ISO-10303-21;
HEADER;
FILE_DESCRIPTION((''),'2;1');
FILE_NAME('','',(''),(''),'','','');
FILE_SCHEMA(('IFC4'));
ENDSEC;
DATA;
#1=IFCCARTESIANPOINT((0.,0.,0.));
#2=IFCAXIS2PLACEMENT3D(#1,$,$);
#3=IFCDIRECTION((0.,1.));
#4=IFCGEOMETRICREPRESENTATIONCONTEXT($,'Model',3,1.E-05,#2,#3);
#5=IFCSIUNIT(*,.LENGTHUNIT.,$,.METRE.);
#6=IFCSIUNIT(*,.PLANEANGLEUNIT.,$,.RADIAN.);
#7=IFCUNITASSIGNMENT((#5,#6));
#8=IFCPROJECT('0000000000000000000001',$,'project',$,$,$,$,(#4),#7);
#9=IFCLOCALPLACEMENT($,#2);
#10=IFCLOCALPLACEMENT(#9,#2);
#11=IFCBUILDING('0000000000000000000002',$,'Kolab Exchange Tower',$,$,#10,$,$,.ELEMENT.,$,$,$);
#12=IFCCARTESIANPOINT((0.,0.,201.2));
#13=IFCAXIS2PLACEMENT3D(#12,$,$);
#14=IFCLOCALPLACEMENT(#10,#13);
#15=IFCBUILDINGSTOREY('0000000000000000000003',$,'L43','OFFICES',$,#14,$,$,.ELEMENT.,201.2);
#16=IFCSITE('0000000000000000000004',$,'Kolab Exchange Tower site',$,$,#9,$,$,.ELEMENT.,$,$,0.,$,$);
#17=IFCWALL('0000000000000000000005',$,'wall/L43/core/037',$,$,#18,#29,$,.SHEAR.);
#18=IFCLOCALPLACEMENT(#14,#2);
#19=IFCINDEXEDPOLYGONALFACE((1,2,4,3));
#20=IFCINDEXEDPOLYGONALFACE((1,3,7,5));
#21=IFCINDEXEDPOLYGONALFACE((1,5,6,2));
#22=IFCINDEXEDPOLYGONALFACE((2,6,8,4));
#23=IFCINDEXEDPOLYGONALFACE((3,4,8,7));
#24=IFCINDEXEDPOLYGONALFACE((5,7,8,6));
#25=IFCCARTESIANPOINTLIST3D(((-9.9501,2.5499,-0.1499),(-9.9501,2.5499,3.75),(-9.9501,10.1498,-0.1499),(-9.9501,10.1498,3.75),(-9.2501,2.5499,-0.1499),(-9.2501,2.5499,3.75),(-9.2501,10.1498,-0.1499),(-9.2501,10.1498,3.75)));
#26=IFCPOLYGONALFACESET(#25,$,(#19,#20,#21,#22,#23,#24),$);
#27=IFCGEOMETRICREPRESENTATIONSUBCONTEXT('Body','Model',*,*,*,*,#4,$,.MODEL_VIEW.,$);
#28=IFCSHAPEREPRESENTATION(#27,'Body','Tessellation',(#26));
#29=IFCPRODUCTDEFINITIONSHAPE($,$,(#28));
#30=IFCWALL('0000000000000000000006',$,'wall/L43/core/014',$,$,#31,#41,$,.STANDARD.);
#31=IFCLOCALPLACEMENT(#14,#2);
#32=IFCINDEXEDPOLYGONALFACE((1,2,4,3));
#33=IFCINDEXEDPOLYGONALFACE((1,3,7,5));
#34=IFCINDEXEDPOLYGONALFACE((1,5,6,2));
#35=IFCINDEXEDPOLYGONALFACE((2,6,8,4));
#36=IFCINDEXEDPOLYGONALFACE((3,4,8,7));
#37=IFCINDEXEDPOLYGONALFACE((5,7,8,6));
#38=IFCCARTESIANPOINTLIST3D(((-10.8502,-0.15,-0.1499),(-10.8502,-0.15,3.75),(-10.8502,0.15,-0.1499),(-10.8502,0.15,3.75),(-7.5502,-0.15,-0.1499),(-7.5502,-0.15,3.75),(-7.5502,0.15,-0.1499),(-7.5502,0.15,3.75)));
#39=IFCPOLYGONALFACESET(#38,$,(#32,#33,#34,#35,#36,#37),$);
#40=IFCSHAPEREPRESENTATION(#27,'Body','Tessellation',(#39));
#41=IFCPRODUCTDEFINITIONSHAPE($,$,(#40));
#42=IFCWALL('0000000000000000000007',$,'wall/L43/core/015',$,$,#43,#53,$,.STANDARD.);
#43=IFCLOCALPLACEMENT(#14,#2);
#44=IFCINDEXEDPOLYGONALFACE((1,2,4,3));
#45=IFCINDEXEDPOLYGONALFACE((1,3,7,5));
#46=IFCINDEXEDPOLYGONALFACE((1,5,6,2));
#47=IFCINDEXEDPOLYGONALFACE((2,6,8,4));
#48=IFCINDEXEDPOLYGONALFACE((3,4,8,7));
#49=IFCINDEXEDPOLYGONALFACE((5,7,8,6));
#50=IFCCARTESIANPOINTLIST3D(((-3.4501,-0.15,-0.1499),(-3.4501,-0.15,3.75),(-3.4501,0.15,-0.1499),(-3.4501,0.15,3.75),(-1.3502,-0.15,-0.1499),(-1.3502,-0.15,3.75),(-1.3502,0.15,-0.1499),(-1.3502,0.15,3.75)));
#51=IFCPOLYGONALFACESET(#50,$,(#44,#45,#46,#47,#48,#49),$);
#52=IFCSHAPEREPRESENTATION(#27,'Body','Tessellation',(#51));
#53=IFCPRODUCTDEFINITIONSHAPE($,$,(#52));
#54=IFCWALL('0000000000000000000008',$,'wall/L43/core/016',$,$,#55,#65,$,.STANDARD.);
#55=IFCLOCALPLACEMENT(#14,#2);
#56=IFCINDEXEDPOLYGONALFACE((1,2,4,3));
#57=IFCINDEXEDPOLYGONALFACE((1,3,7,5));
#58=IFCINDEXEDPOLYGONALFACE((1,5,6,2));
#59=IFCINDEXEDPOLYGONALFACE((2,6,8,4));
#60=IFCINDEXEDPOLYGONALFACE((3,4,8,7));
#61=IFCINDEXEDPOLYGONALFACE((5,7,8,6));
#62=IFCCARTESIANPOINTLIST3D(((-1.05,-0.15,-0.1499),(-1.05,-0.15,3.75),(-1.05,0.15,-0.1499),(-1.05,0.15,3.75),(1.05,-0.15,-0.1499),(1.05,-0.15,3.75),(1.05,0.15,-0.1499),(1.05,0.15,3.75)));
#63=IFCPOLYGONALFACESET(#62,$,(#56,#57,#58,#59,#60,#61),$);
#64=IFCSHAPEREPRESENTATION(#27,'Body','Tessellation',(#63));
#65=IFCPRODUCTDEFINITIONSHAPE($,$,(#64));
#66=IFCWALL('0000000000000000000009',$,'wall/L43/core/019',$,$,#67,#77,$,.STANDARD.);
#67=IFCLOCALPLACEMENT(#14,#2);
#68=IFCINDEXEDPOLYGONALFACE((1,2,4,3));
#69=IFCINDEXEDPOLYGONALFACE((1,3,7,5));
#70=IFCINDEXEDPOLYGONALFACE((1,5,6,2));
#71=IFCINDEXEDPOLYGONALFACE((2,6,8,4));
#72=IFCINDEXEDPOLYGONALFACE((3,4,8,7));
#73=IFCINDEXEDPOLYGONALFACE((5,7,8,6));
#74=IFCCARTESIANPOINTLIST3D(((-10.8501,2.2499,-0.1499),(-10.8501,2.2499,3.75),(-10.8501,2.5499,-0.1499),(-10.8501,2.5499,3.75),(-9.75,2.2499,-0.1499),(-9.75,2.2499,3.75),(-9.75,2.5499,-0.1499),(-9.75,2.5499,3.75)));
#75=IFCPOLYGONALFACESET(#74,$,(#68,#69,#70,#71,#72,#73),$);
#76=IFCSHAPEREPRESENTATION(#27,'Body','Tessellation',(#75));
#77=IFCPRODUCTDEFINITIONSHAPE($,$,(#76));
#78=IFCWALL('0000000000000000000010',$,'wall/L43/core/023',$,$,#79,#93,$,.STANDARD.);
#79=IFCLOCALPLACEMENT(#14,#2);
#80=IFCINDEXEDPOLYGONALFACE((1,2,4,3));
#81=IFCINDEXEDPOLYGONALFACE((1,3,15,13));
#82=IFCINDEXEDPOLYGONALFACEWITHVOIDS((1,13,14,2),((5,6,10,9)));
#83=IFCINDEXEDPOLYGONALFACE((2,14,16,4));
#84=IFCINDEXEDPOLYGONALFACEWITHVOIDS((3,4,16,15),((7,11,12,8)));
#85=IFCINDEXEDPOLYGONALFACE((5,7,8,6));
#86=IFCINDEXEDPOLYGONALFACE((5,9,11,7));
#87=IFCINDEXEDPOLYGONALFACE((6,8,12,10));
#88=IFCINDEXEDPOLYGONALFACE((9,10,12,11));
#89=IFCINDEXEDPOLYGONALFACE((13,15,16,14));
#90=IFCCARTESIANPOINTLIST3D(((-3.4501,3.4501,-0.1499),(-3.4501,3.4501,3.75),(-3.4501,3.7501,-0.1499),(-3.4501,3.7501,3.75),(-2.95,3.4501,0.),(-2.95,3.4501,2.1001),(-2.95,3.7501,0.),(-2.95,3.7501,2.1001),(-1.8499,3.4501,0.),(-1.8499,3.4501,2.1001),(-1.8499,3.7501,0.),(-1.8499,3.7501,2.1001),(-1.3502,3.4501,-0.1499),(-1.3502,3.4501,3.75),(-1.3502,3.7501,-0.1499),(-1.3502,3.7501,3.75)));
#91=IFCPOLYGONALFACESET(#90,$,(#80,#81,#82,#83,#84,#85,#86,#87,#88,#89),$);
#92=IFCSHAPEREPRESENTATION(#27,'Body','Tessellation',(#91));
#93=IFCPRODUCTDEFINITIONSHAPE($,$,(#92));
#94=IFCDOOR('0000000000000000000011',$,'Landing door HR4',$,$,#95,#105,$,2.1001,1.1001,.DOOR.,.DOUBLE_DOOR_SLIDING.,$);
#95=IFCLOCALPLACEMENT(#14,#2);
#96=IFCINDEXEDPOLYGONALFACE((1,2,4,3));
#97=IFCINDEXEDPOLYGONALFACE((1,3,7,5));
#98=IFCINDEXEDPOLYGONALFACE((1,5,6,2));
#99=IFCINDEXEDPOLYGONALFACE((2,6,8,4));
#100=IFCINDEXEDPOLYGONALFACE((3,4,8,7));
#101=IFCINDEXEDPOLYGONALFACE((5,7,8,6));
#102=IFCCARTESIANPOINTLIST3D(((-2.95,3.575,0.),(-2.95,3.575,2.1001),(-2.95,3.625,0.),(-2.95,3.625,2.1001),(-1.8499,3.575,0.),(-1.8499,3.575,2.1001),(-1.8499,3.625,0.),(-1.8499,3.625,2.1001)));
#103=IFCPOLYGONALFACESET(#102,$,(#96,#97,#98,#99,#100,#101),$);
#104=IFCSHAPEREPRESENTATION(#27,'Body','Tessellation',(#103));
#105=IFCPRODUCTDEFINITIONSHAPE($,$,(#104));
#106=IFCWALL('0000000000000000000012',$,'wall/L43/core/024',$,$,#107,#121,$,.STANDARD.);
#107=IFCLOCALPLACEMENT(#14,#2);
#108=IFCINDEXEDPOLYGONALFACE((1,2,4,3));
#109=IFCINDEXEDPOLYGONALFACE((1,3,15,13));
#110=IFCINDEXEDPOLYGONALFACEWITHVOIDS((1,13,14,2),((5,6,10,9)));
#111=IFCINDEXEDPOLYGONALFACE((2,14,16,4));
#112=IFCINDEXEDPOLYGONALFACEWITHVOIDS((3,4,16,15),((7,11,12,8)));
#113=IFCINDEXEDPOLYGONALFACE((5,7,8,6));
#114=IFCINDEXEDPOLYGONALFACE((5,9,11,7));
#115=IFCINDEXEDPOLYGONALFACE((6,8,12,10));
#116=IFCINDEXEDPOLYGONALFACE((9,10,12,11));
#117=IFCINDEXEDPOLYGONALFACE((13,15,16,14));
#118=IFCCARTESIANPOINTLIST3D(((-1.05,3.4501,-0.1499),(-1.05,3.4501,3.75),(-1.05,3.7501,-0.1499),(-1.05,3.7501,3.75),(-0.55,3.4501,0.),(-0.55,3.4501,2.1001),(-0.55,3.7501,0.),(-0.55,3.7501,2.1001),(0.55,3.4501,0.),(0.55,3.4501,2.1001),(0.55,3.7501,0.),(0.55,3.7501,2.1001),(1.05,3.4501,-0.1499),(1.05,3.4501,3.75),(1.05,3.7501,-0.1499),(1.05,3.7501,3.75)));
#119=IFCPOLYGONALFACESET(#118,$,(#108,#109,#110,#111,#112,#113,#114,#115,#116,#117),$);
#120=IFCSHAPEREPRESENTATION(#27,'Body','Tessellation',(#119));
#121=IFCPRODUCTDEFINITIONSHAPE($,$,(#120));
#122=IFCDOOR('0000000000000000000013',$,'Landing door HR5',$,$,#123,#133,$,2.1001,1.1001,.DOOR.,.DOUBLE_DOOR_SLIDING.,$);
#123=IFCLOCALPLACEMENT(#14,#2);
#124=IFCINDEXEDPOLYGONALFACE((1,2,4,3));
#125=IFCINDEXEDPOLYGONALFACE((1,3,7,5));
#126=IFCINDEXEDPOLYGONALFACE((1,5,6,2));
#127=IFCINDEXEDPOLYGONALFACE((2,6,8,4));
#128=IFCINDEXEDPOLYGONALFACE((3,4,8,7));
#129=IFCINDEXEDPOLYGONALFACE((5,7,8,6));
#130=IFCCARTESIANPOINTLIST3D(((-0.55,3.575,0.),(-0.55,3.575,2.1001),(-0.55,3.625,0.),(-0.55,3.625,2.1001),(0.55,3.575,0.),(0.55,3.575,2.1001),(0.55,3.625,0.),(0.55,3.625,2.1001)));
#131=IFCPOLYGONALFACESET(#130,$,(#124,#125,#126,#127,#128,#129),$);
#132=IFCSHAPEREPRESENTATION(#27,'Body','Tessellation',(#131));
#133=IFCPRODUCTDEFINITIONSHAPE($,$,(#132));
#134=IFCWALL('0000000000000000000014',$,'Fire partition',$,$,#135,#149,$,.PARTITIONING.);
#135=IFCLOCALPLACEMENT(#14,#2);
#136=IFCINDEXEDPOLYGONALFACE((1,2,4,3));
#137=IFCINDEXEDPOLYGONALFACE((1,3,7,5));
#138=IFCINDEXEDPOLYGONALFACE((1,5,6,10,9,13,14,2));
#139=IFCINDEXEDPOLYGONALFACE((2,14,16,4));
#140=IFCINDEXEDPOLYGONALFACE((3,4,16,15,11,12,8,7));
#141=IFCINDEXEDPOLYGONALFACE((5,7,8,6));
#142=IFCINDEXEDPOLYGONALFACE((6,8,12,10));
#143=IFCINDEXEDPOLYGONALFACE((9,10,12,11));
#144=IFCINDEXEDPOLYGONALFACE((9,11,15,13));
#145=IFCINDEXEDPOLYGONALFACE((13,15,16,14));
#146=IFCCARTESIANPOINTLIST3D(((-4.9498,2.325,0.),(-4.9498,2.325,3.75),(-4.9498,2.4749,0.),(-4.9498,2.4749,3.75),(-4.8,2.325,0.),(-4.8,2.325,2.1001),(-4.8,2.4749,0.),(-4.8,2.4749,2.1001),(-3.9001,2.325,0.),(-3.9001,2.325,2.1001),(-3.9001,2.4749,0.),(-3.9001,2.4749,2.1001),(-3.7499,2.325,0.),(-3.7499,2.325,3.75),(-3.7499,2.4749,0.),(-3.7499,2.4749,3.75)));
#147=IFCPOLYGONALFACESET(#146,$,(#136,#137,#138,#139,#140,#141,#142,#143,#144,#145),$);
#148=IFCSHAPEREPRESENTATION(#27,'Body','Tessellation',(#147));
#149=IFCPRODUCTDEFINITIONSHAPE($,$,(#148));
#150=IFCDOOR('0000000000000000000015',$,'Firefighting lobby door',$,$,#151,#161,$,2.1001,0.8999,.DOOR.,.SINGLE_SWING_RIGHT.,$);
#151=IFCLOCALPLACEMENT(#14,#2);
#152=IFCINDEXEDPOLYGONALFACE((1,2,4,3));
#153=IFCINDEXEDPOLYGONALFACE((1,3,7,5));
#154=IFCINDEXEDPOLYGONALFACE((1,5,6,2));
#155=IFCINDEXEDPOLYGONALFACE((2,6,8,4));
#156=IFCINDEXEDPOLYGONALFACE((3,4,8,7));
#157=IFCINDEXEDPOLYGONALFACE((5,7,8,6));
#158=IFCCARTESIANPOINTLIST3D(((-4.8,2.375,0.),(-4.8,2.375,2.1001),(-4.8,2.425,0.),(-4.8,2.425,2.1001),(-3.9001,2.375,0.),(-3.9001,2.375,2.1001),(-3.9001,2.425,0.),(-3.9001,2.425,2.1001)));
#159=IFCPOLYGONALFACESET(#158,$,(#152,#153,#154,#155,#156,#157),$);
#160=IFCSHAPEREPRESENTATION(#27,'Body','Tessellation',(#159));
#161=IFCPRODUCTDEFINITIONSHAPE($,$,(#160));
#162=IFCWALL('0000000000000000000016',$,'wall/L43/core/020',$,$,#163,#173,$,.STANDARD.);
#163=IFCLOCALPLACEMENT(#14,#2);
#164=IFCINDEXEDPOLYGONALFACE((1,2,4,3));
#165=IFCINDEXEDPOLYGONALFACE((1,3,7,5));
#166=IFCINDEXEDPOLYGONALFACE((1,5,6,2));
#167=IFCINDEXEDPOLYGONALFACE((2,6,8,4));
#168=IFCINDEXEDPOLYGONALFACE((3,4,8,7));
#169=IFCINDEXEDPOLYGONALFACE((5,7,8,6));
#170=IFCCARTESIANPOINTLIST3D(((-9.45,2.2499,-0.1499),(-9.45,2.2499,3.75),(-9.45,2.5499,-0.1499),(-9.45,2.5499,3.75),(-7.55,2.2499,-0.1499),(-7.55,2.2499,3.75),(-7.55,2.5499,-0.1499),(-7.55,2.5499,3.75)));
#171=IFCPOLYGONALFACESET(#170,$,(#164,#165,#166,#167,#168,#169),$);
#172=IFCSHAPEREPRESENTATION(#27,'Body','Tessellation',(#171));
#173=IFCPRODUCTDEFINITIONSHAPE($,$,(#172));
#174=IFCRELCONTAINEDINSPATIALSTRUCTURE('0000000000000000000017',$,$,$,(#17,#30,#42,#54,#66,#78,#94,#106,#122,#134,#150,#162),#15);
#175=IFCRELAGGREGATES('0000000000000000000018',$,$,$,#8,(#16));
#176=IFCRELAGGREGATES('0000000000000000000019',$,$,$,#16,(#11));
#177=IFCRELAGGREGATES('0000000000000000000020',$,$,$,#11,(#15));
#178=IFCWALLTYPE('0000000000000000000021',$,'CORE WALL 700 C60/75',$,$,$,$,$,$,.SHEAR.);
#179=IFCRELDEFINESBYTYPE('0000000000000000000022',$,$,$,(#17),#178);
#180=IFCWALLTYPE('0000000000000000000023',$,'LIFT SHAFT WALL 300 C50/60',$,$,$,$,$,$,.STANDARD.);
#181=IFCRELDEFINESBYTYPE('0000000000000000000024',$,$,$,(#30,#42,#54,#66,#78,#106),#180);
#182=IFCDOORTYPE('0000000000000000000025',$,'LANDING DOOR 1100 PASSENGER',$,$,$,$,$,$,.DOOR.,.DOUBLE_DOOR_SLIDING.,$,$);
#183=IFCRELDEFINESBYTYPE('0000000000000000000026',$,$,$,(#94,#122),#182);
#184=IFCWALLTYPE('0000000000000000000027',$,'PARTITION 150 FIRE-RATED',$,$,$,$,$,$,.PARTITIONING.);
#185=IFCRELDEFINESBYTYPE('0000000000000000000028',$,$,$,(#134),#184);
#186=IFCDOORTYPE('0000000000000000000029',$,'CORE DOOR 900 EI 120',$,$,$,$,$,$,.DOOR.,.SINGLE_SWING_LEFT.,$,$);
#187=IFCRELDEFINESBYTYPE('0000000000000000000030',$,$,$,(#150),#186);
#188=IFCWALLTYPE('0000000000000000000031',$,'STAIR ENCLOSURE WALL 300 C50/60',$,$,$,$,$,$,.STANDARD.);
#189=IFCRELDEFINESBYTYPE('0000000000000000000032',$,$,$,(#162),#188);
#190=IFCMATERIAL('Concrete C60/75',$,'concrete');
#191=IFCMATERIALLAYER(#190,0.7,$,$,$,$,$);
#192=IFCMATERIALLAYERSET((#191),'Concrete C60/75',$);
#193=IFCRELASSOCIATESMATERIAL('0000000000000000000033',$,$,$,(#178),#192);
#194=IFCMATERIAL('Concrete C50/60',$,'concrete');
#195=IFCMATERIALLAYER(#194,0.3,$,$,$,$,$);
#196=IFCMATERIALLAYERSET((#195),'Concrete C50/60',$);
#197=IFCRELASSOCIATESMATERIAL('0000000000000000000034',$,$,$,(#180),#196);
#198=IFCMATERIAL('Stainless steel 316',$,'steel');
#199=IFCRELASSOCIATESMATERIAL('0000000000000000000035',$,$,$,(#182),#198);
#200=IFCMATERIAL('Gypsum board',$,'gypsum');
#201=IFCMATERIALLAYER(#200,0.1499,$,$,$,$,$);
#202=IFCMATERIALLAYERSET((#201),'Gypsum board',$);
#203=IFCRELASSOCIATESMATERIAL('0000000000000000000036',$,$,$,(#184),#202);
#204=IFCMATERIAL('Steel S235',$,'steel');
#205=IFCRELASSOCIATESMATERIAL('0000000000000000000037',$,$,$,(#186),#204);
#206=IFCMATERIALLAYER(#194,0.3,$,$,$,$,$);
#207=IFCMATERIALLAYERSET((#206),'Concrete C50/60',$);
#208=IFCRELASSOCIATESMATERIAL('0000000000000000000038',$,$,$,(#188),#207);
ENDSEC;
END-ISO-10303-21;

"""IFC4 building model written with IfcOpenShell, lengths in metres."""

from ifc_helpers import new_model, si_unit, direction, frame, frame_2d, origin, place, context, subcontext, project, spatial, rectangle, extrude, material, layer, layer_set, type_object, element, fill, save


model = new_model("IFC4")

# Units and contexts
model_context = context("Model", 3, precision=1e-05, world=origin(), true_north=direction((0.0, 1.0)))
body_context = subcontext(model_context, "Body", "Model", "MODEL_VIEW")
ifc_project = project(units=[si_unit("LENGTHUNIT", "METRE"), si_unit("PLANEANGLEUNIT", "RADIAN")], contexts=[model_context])

# Site, building, storey
site_placement = place(None, origin())
site = spatial("IfcSite", under=ifc_project, at=site_placement, Name="Kolab Exchange Tower site", CompositionType="ELEMENT", RefElevation=0.0)
building_placement = place(site_placement, origin())
building = spatial("IfcBuilding", under=site, at=building_placement, Name="Kolab Exchange Tower", CompositionType="ELEMENT")
storey_placement = place(building_placement, frame((0.0, 0.0, 201.2)))
storey = spatial("IfcBuildingStorey", under=building, at=storey_placement, Name="L43", Description="OFFICES", CompositionType="ELEMENT", Elevation=201.2)

# Walls
ifc_material_1 = material(Name="Concrete C60/75", Category="concrete")
ifc_layer_1 = layer(ifc_material_1, 0.7)
ifc_layer_set_1 = layer_set([ifc_layer_1], Name="Concrete C60/75")
wall_type_1 = type_object("IfcWallType", Name="CORE WALL 700 C60/75", PredefinedType="SHEAR", material=ifc_layer_set_1)
wall_1_placement = place(storey_placement, frame((-9.6001, 2.55, -0.1499), z_axis=(0.0, 0.0, 1.0), x_axis=(0.0, 1.0, 0.0)))
element("IfcWall", 1, at=wall_1_placement, inside=storey, type_object=wall_type_1, Name="wall/L43/core/037", PredefinedType="SHEAR", context=body_context, shape_type="SweptSolid", body=[
    extrude(rectangle(XDim=7.5999, YDim=0.7, at=frame_2d((3.7998, 0.0))), origin(), (0.0, 0.0, 1.0), 3.8999),
])
ifc_material_2 = material(Name="Concrete C50/60", Category="concrete")
ifc_layer_2 = layer(ifc_material_2, 0.3)
ifc_layer_set_2 = layer_set([ifc_layer_2], Name="Concrete C50/60")
wall_type_2 = type_object("IfcWallType", Name="LIFT SHAFT WALL 300 C50/60", PredefinedType="STANDARD", material=ifc_layer_set_2)
wall_2_placement = place(storey_placement, frame((-10.8501, 0.0, -0.1499), z_axis=(0.0, 0.0, 1.0), x_axis=(1.0, 0.0, 0.0)))
element("IfcWall", 2, at=wall_2_placement, inside=storey, type_object=wall_type_2, Name="wall/L43/core/014", PredefinedType="STANDARD", context=body_context, shape_type="SweptSolid", body=[
    extrude(rectangle(XDim=3.3, YDim=0.3, at=frame_2d((1.6499, 0.0))), origin(), (0.0, 0.0, 1.0), 3.8999),
])
wall_3_placement = place(storey_placement, frame((-3.45, 0.0, -0.1499), z_axis=(0.0, 0.0, 1.0), x_axis=(1.0, 0.0, 0.0)))
element("IfcWall", 3, at=wall_3_placement, inside=storey, type_object=wall_type_2, Name="wall/L43/core/015", PredefinedType="STANDARD", context=body_context, shape_type="SweptSolid", body=[
    extrude(rectangle(XDim=2.0999, YDim=0.3, at=frame_2d((1.0498, 0.0))), origin(), (0.0, 0.0, 1.0), 3.8999),
])
wall_4_placement = place(storey_placement, frame((-1.05, 0.0, -0.1499), z_axis=(0.0, 0.0, 1.0), x_axis=(1.0, 0.0, 0.0)))
element("IfcWall", 4, at=wall_4_placement, inside=storey, type_object=wall_type_2, Name="wall/L43/core/016", PredefinedType="STANDARD", context=body_context, shape_type="SweptSolid", body=[
    extrude(rectangle(XDim=2.1001, YDim=0.3, at=frame_2d((1.05, 0.0))), origin(), (0.0, 0.0, 1.0), 3.8999),
])
wall_5_placement = place(storey_placement, frame((-10.8501, 2.3999, -0.1499), z_axis=(0.0, 0.0, 1.0), x_axis=(1.0, 0.0, 0.0)))
element("IfcWall", 5, at=wall_5_placement, inside=storey, type_object=wall_type_2, Name="wall/L43/core/019", PredefinedType="STANDARD", context=body_context, shape_type="SweptSolid", body=[
    extrude(rectangle(XDim=1.1001, YDim=0.3, at=frame_2d((0.55, 0.0))), origin(), (0.0, 0.0, 1.0), 3.8999),
])

# Walls, openings, doors
wall_6_placement = place(storey_placement, frame((-3.45, 3.6001, -0.1499), z_axis=(0.0, 0.0, 1.0), x_axis=(1.0, 0.0, 0.0)))
wall_6 = element("IfcWall", 6, at=wall_6_placement, inside=storey, type_object=wall_type_2, Name="wall/L43/core/023", PredefinedType="STANDARD", context=body_context, shape_type="SweptSolid", body=[
    extrude(rectangle(XDim=2.0999, YDim=0.3, at=frame_2d((1.0498, 0.0))), origin(), (0.0, 0.0, 1.0), 3.8999),
])
opening_1_placement = place(wall_6_placement, frame((0.5, 0.0, 0.1499)))
opening_1 = element("IfcOpeningElement", 7, at=opening_1_placement, cuts=wall_6, PredefinedType="OPENING", context=body_context, shape_type="SweptSolid", body=[
    extrude(rectangle(XDim=1.1001, YDim=2.1001, at=frame_2d((0.55, 1.05))), frame((0.0, 0.1602, 0.0), z_axis=(0.0, -1.0, 0.0), x_axis=(1.0, 0.0, 0.0)), (0.0, 0.0, 1.0), 0.3201),
])
ifc_material_3 = material(Name="Stainless steel 316", Category="steel")
door_type_1 = type_object("IfcDoorType", Name="LANDING DOOR 1100 PASSENGER", OperationType="DOUBLE_DOOR_SLIDING", PredefinedType="DOOR", material=ifc_material_3)
door_1_placement = place(opening_1_placement, origin())
door_1 = element("IfcDoor", 8, at=door_1_placement, inside=storey, type_object=door_type_1, Name="Landing door HR4", OperationType="DOUBLE_DOOR_SLIDING", OverallHeight=2.1001, OverallWidth=1.1001, PredefinedType="DOOR", context=body_context, shape_type="SweptSolid", body=[
    extrude(rectangle(XDim=1.1001, YDim=2.1001, at=frame_2d((0.55, 1.05))), frame((0.0, 0.0249, 0.0), z_axis=(0.0, -1.0, 0.0), x_axis=(1.0, 0.0, 0.0)), (0.0, 0.0, 1.0), 0.05),
])
fill(opening_1, door_1)
wall_7_placement = place(storey_placement, frame((-1.05, 3.6001, -0.1499), z_axis=(0.0, 0.0, 1.0), x_axis=(1.0, 0.0, 0.0)))
wall_7 = element("IfcWall", 9, at=wall_7_placement, inside=storey, type_object=wall_type_2, Name="wall/L43/core/024", PredefinedType="STANDARD", context=body_context, shape_type="SweptSolid", body=[
    extrude(rectangle(XDim=2.1001, YDim=0.3, at=frame_2d((1.05, 0.0))), origin(), (0.0, 0.0, 1.0), 3.8999),
])
opening_2_placement = place(wall_7_placement, frame((0.5, 0.0, 0.1499)))
opening_2 = element("IfcOpeningElement", 10, at=opening_2_placement, cuts=wall_7, PredefinedType="OPENING", context=body_context, shape_type="SweptSolid", body=[
    extrude(rectangle(XDim=1.1001, YDim=2.1001, at=frame_2d((0.55, 1.05))), frame((0.0, 0.1602, 0.0), z_axis=(0.0, -1.0, 0.0), x_axis=(1.0, 0.0, 0.0)), (0.0, 0.0, 1.0), 0.3201),
])
door_2_placement = place(opening_2_placement, origin())
door_2 = element("IfcDoor", 11, at=door_2_placement, inside=storey, type_object=door_type_1, Name="Landing door HR5", OperationType="DOUBLE_DOOR_SLIDING", OverallHeight=2.1001, OverallWidth=1.1001, PredefinedType="DOOR", context=body_context, shape_type="SweptSolid", body=[
    extrude(rectangle(XDim=1.1001, YDim=2.1001, at=frame_2d((0.55, 1.05))), frame((0.0, 0.0249, 0.0), z_axis=(0.0, -1.0, 0.0), x_axis=(1.0, 0.0, 0.0)), (0.0, 0.0, 1.0), 0.05),
])
fill(opening_2, door_2)
ifc_material_4 = material(Name="Gypsum board", Category="gypsum")
ifc_layer_3 = layer(ifc_material_4, 0.1499)
ifc_layer_set_3 = layer_set([ifc_layer_3], Name="Gypsum board")
wall_type_3 = type_object("IfcWallType", Name="PARTITION 150 FIRE-RATED", PredefinedType="PARTITIONING", material=ifc_layer_set_3)
wall_8_placement = place(storey_placement, frame((-4.95, 2.3999, 0.0), z_axis=(0.0, 0.0, 1.0), x_axis=(1.0, 0.0, 0.0)))
wall_8 = element("IfcWall", 12, at=wall_8_placement, inside=storey, type_object=wall_type_3, Name="Fire partition", PredefinedType="PARTITIONING", context=body_context, shape_type="SweptSolid", body=[
    extrude(rectangle(XDim=1.2, YDim=0.1499, at=frame_2d((0.6001, 0.0))), origin(), (0.0, 0.0, 1.0), 3.75),
])
opening_3_placement = place(wall_8_placement, frame((0.1499, 0.0, 0.0)))
opening_3 = element("IfcOpeningElement", 13, at=opening_3_placement, cuts=wall_8, PredefinedType="OPENING", context=body_context, shape_type="SweptSolid", body=[
    extrude(rectangle(XDim=0.8999, YDim=2.1001, at=frame_2d((0.45, 1.05))), frame((0.0, 0.085, 0.0), z_axis=(0.0, -1.0, 0.0), x_axis=(1.0, 0.0, 0.0)), (0.0, 0.0, 1.0), 0.1699),
])
ifc_material_5 = material(Name="Steel S235", Category="steel")
door_type_2 = type_object("IfcDoorType", Name="CORE DOOR 900 EI 120", OperationType="SINGLE_SWING_LEFT", PredefinedType="DOOR", material=ifc_material_5)
door_3_placement = place(opening_3_placement, frame((0.8999, 0.0, 0.0), z_axis=(0.0, 0.0, 1.0), x_axis=(-1.0, 0.0, 0.0)))
door_3 = element("IfcDoor", 14, at=door_3_placement, inside=storey, type_object=door_type_2, Name="Firefighting lobby door", OperationType="SINGLE_SWING_RIGHT", OverallHeight=2.1001, OverallWidth=0.8999, PredefinedType="DOOR", context=body_context, shape_type="SweptSolid", body=[
    extrude(rectangle(XDim=0.8999, YDim=2.1001, at=frame_2d((0.45, 1.05))), frame((0.0, 0.0249, 0.0), z_axis=(0.0, -1.0, 0.0), x_axis=(1.0, 0.0, 0.0)), (0.0, 0.0, 1.0), 0.05),
])
fill(opening_3, door_3)

# Wall
ifc_layer_4 = layer(ifc_material_2, 0.3)
ifc_layer_set_4 = layer_set([ifc_layer_4], Name="Concrete C50/60")
wall_type_4 = type_object("IfcWallType", Name="STAIR ENCLOSURE WALL 300 C50/60", PredefinedType="STANDARD", material=ifc_layer_set_4)
wall_9_placement = place(storey_placement, frame((-9.45, 2.3999, -0.1499), z_axis=(0.0, 0.0, 1.0), x_axis=(1.0, 0.0, 0.0)))
element("IfcWall", 15, at=wall_9_placement, inside=storey, type_object=wall_type_4, Name="wall/L43/core/020", PredefinedType="STANDARD", context=body_context, shape_type="SweptSolid", body=[
    extrude(rectangle(XDim=1.8999, YDim=0.3, at=frame_2d((0.95, 0.0))), origin(), (0.0, 0.0, 1.0), 3.8999),
])

save(model, "model.ifc")
